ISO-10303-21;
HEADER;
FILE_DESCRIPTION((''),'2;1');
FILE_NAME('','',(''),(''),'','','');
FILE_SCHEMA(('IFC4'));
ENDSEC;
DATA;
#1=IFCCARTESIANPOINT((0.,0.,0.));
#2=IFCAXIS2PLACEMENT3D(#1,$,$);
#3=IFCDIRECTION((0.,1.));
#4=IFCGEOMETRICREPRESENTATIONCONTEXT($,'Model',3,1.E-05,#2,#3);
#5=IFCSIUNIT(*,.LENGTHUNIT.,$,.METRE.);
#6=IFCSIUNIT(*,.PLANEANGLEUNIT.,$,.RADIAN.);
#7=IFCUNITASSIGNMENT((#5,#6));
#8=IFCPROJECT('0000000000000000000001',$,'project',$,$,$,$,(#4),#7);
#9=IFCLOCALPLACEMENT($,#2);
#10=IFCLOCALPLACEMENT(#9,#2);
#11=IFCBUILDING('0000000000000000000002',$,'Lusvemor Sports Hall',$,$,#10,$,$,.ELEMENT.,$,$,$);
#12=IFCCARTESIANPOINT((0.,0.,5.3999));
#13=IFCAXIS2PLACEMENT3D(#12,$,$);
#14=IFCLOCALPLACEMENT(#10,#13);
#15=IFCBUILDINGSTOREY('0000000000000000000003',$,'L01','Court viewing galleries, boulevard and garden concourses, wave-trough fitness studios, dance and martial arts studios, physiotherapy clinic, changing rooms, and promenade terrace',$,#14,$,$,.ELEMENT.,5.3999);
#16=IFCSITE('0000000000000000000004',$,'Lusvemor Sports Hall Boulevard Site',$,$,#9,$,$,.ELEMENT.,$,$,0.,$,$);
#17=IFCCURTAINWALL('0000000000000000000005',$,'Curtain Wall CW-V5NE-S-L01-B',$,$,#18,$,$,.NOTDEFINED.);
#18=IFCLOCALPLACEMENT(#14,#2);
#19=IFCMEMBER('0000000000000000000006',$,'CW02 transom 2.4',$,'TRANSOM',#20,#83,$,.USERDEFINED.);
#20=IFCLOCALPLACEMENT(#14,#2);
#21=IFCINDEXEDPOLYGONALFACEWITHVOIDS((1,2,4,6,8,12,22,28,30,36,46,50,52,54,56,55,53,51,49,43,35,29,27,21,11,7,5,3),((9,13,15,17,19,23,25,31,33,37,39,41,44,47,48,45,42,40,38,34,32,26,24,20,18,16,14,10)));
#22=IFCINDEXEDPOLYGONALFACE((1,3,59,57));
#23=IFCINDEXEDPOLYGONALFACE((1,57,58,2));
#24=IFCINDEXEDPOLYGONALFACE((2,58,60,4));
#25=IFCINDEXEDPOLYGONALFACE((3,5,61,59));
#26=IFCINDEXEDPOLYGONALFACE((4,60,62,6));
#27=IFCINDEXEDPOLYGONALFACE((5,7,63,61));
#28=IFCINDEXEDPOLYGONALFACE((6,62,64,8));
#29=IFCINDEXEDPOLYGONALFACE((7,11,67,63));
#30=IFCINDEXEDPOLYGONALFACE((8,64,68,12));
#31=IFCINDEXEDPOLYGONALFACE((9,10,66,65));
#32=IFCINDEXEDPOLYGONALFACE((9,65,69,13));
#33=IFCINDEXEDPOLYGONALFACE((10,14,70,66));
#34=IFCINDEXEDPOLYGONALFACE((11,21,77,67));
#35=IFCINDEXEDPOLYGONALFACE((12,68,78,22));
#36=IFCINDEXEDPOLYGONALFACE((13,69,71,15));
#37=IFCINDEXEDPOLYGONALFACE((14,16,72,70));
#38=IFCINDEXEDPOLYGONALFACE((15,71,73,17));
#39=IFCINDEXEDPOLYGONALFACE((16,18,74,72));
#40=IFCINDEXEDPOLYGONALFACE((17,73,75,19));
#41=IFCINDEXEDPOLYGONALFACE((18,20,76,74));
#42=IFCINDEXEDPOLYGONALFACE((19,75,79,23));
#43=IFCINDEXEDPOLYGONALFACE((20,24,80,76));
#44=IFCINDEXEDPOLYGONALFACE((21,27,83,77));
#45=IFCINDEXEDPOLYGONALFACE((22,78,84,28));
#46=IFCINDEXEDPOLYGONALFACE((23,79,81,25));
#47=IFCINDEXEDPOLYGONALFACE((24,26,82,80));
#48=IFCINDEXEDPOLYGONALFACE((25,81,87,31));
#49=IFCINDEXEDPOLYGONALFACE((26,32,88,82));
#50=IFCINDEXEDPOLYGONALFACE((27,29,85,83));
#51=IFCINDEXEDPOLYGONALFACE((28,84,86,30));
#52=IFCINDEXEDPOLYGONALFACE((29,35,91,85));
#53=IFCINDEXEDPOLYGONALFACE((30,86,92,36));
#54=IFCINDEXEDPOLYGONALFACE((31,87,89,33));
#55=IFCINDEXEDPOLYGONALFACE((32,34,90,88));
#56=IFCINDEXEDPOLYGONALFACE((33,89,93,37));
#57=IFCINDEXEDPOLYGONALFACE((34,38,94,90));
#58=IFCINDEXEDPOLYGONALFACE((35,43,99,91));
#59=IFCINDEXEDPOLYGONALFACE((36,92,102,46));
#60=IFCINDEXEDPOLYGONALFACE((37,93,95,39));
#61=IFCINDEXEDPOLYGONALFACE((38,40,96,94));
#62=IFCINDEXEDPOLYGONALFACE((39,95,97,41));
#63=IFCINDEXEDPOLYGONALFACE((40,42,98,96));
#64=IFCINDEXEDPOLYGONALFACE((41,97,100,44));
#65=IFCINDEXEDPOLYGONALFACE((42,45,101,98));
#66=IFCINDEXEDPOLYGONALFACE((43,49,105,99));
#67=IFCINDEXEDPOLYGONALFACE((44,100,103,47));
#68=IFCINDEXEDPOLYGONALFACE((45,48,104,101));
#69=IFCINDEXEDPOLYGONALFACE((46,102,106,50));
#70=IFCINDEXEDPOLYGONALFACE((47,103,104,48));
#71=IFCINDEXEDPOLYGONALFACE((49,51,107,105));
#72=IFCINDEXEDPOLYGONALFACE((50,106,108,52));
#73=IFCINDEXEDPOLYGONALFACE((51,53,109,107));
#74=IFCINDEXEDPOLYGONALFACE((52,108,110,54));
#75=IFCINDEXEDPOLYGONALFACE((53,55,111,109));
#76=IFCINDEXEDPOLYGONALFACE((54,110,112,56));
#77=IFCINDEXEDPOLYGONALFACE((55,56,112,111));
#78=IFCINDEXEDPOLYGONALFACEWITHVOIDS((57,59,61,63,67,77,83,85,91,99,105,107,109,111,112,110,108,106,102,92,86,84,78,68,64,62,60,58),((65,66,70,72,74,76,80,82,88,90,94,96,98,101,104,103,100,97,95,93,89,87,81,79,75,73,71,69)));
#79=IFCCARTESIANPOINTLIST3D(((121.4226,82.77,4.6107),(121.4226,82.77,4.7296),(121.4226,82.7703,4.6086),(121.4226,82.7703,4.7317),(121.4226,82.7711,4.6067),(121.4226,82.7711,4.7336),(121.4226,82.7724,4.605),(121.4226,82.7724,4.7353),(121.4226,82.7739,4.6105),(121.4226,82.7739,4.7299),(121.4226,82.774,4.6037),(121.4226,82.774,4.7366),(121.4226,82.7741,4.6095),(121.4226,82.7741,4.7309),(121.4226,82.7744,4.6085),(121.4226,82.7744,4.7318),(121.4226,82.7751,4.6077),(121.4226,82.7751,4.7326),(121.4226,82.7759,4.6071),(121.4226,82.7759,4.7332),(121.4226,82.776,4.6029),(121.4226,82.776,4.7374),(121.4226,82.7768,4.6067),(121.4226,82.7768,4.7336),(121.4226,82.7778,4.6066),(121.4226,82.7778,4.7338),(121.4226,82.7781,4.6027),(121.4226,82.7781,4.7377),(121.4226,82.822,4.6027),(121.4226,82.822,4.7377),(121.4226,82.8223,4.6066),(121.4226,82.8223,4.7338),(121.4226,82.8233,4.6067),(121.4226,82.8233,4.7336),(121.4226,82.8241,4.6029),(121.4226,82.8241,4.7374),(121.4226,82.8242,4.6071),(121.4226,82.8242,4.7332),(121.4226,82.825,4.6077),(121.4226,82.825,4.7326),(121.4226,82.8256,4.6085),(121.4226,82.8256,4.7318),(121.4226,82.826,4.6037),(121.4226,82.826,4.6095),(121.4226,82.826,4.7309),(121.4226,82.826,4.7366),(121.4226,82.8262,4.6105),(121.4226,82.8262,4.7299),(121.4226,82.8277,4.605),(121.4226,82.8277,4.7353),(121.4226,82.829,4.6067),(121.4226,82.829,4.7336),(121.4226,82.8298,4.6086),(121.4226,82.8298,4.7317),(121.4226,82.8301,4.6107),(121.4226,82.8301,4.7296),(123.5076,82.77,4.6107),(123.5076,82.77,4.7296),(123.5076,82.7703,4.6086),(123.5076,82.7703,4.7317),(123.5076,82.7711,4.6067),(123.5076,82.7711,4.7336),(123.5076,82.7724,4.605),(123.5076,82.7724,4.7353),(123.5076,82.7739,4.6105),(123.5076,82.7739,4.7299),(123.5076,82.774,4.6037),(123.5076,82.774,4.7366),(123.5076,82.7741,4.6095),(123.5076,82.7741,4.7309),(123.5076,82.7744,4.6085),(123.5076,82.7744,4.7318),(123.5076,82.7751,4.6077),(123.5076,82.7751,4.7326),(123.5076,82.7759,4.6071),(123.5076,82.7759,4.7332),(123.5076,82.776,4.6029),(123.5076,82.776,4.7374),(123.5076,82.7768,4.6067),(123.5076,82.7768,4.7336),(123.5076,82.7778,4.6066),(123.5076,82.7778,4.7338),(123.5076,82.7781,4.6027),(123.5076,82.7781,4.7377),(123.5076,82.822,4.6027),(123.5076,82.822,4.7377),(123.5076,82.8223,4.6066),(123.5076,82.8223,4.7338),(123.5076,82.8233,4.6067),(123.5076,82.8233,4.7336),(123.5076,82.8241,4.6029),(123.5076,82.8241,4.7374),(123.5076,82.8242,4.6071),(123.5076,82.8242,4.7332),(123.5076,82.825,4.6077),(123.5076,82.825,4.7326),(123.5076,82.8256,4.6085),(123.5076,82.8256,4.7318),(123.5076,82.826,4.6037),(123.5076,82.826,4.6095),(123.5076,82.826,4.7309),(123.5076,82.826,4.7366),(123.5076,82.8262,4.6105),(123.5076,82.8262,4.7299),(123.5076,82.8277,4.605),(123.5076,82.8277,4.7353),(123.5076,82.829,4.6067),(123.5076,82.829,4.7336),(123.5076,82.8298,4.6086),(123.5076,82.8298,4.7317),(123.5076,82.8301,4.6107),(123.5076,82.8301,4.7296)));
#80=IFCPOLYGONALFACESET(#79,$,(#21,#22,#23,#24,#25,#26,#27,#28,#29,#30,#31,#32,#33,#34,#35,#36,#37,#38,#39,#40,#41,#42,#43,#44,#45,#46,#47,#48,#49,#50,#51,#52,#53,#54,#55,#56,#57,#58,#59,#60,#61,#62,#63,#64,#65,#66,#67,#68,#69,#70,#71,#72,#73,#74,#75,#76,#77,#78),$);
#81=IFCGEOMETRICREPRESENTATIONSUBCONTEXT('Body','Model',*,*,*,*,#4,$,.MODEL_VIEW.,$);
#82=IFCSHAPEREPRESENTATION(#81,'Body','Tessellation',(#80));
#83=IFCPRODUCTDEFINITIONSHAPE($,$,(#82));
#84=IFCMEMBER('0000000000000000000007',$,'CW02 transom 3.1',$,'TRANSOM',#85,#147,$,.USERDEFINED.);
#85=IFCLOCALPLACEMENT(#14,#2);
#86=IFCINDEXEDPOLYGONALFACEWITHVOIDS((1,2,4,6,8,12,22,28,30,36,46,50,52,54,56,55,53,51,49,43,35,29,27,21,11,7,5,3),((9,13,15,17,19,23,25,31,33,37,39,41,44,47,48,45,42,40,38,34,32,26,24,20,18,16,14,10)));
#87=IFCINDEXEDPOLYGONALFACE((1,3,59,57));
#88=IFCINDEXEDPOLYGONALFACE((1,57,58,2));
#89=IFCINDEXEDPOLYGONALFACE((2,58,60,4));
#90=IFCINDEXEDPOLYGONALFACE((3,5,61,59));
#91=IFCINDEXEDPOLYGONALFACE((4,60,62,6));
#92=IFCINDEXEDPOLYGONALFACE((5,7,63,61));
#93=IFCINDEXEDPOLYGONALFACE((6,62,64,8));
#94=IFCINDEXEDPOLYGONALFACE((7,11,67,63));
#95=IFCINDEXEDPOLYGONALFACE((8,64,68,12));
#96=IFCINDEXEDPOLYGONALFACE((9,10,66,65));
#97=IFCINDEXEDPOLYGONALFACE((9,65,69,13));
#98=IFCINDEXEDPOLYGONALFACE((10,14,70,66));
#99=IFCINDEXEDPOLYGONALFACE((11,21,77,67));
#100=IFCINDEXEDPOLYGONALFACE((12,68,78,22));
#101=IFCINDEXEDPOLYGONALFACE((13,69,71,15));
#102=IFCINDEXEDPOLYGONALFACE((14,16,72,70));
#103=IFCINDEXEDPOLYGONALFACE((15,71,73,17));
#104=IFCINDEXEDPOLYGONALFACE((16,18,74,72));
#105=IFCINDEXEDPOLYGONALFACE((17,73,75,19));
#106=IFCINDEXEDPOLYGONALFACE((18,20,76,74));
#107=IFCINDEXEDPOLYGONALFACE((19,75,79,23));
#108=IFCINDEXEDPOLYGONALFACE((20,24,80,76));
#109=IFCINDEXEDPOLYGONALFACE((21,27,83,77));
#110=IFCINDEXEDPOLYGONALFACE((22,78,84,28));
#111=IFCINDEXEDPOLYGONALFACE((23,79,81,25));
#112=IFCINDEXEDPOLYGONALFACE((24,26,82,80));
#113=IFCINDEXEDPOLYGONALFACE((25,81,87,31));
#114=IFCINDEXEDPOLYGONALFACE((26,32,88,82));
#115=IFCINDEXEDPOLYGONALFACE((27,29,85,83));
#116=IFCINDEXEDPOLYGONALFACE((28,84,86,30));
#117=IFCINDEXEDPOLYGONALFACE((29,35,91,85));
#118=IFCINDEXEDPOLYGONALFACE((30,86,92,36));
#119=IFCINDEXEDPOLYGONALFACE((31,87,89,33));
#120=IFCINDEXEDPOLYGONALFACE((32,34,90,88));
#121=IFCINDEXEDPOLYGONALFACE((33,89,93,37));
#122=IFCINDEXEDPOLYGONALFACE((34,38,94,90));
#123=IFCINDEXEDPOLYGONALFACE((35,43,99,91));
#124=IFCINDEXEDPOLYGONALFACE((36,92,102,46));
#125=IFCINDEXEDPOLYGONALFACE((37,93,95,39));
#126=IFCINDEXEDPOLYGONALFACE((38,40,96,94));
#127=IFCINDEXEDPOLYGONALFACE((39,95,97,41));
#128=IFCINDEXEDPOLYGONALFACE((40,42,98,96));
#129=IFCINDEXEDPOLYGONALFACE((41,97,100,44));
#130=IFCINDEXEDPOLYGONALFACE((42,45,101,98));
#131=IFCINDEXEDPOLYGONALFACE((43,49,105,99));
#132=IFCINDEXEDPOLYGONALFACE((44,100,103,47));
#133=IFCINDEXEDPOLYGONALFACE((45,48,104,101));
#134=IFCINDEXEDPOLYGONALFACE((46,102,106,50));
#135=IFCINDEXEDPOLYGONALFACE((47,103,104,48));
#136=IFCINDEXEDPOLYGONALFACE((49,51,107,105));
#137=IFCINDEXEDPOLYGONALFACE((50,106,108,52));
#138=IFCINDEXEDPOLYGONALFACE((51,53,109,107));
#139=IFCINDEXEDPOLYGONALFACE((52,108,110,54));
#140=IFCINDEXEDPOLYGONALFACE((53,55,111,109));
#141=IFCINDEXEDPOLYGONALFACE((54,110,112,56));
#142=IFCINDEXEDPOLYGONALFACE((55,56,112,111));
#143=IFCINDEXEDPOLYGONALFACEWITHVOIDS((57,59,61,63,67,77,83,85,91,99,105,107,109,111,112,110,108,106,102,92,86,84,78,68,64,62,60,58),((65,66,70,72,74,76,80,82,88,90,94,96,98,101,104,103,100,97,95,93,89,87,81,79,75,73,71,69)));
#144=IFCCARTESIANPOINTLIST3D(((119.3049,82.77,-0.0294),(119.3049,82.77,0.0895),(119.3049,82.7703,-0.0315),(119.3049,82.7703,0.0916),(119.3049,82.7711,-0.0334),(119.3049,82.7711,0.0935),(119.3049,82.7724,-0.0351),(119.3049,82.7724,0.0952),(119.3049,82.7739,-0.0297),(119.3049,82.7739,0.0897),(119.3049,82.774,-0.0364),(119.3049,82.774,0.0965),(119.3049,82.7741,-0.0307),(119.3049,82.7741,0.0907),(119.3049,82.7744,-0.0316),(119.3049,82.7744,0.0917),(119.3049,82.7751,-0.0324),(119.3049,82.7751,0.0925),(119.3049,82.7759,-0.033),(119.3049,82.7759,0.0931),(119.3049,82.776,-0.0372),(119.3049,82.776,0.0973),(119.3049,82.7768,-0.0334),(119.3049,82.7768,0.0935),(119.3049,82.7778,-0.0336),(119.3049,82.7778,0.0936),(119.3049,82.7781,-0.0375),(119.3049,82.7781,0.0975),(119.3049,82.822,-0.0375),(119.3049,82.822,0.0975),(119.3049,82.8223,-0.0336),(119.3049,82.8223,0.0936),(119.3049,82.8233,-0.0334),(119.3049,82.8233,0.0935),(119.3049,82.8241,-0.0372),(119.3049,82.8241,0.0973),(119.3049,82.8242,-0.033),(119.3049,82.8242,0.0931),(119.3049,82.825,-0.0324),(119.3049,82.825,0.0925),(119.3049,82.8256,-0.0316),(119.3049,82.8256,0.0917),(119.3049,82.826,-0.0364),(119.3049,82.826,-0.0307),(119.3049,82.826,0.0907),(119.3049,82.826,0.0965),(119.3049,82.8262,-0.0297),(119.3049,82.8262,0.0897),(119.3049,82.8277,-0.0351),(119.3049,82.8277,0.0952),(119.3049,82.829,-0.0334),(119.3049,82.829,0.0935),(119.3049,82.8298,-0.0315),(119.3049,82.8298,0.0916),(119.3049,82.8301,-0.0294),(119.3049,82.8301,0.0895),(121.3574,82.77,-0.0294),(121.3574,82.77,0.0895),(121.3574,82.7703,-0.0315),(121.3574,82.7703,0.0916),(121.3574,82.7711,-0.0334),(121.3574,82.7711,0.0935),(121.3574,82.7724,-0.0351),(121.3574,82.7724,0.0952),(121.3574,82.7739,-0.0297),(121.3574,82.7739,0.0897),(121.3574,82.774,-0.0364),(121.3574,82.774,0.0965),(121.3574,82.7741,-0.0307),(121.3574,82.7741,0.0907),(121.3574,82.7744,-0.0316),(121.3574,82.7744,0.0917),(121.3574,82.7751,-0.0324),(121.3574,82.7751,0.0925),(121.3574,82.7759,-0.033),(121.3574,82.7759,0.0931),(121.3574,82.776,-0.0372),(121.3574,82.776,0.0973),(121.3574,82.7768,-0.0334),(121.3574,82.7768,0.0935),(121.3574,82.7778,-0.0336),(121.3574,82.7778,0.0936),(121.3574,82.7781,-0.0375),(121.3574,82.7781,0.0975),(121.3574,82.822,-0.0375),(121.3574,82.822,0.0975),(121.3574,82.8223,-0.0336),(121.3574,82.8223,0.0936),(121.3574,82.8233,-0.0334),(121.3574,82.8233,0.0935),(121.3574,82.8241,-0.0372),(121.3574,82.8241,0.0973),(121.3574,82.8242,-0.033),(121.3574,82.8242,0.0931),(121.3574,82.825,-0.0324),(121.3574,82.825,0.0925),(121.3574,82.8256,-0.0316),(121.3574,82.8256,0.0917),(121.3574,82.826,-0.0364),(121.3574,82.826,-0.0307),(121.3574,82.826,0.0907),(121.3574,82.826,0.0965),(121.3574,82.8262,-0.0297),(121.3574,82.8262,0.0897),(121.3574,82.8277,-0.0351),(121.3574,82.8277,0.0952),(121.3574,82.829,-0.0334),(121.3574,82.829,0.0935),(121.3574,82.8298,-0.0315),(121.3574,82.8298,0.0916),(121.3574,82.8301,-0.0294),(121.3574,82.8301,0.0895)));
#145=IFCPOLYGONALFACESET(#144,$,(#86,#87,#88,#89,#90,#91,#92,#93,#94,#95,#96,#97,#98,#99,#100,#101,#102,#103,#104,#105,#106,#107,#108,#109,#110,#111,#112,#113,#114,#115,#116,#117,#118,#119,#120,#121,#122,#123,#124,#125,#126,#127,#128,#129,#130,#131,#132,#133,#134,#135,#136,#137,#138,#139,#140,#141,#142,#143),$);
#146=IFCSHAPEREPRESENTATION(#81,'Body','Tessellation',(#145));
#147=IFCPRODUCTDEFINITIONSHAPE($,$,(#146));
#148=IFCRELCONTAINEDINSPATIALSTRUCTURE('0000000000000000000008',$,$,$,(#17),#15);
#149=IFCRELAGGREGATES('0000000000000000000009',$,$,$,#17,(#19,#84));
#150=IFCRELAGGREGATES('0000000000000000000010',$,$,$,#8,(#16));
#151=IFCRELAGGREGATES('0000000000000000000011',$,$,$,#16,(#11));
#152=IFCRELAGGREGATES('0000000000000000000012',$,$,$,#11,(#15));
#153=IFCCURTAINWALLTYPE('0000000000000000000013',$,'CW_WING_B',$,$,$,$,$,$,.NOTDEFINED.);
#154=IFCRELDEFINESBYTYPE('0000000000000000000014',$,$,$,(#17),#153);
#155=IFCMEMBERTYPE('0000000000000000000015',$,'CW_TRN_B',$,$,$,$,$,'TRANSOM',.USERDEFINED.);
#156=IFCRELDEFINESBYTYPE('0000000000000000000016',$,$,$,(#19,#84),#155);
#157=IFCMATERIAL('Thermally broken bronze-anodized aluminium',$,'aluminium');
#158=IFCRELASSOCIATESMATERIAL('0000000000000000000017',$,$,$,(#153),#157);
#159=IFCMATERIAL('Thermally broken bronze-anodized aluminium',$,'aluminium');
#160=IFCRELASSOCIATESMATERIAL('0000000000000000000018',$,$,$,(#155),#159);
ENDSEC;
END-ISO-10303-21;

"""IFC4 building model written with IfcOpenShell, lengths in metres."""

from ifc_helpers import new_model, si_unit, direction, frame, origin, origin_2d, place, context, subcontext, project, spatial, hollow_rectangle, extrude, material, material_profile, profile_set, type_object, element, aggregate, save


model = new_model("IFC4")

# Units and contexts
model_context = context("Model", 3, precision=1e-05, world=origin(), true_north=direction((0.0, 1.0)))
body_context = subcontext(model_context, "Body", "Model", "MODEL_VIEW")
ifc_project = project(units=[si_unit("LENGTHUNIT", "METRE"), si_unit("PLANEANGLEUNIT", "RADIAN")], contexts=[model_context])

# Site, building, storey
site_placement = place(None, origin())
site = spatial("IfcSite", under=ifc_project, at=site_placement, Name="Lusvemor Sports Hall Boulevard Site", CompositionType="ELEMENT", RefElevation=0.0)
building_placement = place(site_placement, origin())
building = spatial("IfcBuilding", under=site, at=building_placement, Name="Lusvemor Sports Hall", CompositionType="ELEMENT")
storey_placement = place(building_placement, frame((0.0, 0.0, 5.3999)))
storey = spatial("IfcBuildingStorey", under=building, at=storey_placement, Name="L01", Description="Court viewing galleries, boulevard and garden concourses, wave-trough fitness studios, dance and martial arts studios, physiotherapy clinic, changing rooms, and promenade terrace", CompositionType="ELEMENT", Elevation=5.3999)

# Shared definitions
ifc_material_1 = material(Name="Thermally broken bronze-anodized aluminium", Category="aluminium")
curtain_wall_type = type_object("IfcCurtainWallType", Name="CW_WING_B", PredefinedType="NOTDEFINED", material=ifc_material_1)

# Curtain wall, members
curtain_wall_1_placement = place(storey_placement, origin())
curtain_wall_1 = element("IfcCurtainWall", 1, at=curtain_wall_1_placement, inside=storey, type_object=curtain_wall_type, Name="Curtain Wall CW-V5NE-S-L01-B", PredefinedType="NOTDEFINED")
ifc_material_2 = material(Name="Thermally broken bronze-anodized aluminium", Category="aluminium")
ifc_material_profile_1 = material_profile(ifc_material_2, hollow_rectangle(XDim=0.0601, YDim=0.135, WallThickness=0.0039, InnerFilletRadius=0.0039, OuterFilletRadius=0.0081, at=origin_2d()), Name="CWTRN135x60x4")
ifc_profile_set_1 = profile_set([ifc_material_profile_1], Name="Thermally broken bronze-anodized aluminium")
member_type_1 = type_object("IfcMemberType", Name="CW_TRN_B", ElementType="TRANSOM", PredefinedType="USERDEFINED", material=ifc_profile_set_1)
member_1_placement = place(storey_placement, frame((123.5076, 82.8, 4.6702), z_axis=(-1.0, 0.0, 0.0), x_axis=(0.0, -1.0, 0.0)))
member_1 = element("IfcMember", 2, at=member_1_placement, type_object=member_type_1, Name="CW02 transom 2.4", ObjectType="TRANSOM", PredefinedType="USERDEFINED", context=body_context, shape_type="SweptSolid", body=[
    extrude(hollow_rectangle(XDim=0.0601, YDim=0.135, WallThickness=0.0039, InnerFilletRadius=0.0039, OuterFilletRadius=0.0081, at=origin_2d()), origin(), (0.0, 0.0, 1.0), 2.085),
])
member_2_placement = place(storey_placement, frame((121.3574, 82.8, 0.03), z_axis=(-1.0, 0.0, 0.0), x_axis=(0.0, -1.0, 0.0)))
member_2 = element("IfcMember", 3, at=member_2_placement, type_object=member_type_1, Name="CW02 transom 3.1", ObjectType="TRANSOM", PredefinedType="USERDEFINED", context=body_context, shape_type="SweptSolid", body=[
    extrude(hollow_rectangle(XDim=0.0601, YDim=0.135, WallThickness=0.0039, InnerFilletRadius=0.0039, OuterFilletRadius=0.0081, at=origin_2d()), origin(), (0.0, 0.0, 1.0), 2.0525),
])

aggregate(curtain_wall_1, [member_1, member_2])

save(model, "model.ifc")
